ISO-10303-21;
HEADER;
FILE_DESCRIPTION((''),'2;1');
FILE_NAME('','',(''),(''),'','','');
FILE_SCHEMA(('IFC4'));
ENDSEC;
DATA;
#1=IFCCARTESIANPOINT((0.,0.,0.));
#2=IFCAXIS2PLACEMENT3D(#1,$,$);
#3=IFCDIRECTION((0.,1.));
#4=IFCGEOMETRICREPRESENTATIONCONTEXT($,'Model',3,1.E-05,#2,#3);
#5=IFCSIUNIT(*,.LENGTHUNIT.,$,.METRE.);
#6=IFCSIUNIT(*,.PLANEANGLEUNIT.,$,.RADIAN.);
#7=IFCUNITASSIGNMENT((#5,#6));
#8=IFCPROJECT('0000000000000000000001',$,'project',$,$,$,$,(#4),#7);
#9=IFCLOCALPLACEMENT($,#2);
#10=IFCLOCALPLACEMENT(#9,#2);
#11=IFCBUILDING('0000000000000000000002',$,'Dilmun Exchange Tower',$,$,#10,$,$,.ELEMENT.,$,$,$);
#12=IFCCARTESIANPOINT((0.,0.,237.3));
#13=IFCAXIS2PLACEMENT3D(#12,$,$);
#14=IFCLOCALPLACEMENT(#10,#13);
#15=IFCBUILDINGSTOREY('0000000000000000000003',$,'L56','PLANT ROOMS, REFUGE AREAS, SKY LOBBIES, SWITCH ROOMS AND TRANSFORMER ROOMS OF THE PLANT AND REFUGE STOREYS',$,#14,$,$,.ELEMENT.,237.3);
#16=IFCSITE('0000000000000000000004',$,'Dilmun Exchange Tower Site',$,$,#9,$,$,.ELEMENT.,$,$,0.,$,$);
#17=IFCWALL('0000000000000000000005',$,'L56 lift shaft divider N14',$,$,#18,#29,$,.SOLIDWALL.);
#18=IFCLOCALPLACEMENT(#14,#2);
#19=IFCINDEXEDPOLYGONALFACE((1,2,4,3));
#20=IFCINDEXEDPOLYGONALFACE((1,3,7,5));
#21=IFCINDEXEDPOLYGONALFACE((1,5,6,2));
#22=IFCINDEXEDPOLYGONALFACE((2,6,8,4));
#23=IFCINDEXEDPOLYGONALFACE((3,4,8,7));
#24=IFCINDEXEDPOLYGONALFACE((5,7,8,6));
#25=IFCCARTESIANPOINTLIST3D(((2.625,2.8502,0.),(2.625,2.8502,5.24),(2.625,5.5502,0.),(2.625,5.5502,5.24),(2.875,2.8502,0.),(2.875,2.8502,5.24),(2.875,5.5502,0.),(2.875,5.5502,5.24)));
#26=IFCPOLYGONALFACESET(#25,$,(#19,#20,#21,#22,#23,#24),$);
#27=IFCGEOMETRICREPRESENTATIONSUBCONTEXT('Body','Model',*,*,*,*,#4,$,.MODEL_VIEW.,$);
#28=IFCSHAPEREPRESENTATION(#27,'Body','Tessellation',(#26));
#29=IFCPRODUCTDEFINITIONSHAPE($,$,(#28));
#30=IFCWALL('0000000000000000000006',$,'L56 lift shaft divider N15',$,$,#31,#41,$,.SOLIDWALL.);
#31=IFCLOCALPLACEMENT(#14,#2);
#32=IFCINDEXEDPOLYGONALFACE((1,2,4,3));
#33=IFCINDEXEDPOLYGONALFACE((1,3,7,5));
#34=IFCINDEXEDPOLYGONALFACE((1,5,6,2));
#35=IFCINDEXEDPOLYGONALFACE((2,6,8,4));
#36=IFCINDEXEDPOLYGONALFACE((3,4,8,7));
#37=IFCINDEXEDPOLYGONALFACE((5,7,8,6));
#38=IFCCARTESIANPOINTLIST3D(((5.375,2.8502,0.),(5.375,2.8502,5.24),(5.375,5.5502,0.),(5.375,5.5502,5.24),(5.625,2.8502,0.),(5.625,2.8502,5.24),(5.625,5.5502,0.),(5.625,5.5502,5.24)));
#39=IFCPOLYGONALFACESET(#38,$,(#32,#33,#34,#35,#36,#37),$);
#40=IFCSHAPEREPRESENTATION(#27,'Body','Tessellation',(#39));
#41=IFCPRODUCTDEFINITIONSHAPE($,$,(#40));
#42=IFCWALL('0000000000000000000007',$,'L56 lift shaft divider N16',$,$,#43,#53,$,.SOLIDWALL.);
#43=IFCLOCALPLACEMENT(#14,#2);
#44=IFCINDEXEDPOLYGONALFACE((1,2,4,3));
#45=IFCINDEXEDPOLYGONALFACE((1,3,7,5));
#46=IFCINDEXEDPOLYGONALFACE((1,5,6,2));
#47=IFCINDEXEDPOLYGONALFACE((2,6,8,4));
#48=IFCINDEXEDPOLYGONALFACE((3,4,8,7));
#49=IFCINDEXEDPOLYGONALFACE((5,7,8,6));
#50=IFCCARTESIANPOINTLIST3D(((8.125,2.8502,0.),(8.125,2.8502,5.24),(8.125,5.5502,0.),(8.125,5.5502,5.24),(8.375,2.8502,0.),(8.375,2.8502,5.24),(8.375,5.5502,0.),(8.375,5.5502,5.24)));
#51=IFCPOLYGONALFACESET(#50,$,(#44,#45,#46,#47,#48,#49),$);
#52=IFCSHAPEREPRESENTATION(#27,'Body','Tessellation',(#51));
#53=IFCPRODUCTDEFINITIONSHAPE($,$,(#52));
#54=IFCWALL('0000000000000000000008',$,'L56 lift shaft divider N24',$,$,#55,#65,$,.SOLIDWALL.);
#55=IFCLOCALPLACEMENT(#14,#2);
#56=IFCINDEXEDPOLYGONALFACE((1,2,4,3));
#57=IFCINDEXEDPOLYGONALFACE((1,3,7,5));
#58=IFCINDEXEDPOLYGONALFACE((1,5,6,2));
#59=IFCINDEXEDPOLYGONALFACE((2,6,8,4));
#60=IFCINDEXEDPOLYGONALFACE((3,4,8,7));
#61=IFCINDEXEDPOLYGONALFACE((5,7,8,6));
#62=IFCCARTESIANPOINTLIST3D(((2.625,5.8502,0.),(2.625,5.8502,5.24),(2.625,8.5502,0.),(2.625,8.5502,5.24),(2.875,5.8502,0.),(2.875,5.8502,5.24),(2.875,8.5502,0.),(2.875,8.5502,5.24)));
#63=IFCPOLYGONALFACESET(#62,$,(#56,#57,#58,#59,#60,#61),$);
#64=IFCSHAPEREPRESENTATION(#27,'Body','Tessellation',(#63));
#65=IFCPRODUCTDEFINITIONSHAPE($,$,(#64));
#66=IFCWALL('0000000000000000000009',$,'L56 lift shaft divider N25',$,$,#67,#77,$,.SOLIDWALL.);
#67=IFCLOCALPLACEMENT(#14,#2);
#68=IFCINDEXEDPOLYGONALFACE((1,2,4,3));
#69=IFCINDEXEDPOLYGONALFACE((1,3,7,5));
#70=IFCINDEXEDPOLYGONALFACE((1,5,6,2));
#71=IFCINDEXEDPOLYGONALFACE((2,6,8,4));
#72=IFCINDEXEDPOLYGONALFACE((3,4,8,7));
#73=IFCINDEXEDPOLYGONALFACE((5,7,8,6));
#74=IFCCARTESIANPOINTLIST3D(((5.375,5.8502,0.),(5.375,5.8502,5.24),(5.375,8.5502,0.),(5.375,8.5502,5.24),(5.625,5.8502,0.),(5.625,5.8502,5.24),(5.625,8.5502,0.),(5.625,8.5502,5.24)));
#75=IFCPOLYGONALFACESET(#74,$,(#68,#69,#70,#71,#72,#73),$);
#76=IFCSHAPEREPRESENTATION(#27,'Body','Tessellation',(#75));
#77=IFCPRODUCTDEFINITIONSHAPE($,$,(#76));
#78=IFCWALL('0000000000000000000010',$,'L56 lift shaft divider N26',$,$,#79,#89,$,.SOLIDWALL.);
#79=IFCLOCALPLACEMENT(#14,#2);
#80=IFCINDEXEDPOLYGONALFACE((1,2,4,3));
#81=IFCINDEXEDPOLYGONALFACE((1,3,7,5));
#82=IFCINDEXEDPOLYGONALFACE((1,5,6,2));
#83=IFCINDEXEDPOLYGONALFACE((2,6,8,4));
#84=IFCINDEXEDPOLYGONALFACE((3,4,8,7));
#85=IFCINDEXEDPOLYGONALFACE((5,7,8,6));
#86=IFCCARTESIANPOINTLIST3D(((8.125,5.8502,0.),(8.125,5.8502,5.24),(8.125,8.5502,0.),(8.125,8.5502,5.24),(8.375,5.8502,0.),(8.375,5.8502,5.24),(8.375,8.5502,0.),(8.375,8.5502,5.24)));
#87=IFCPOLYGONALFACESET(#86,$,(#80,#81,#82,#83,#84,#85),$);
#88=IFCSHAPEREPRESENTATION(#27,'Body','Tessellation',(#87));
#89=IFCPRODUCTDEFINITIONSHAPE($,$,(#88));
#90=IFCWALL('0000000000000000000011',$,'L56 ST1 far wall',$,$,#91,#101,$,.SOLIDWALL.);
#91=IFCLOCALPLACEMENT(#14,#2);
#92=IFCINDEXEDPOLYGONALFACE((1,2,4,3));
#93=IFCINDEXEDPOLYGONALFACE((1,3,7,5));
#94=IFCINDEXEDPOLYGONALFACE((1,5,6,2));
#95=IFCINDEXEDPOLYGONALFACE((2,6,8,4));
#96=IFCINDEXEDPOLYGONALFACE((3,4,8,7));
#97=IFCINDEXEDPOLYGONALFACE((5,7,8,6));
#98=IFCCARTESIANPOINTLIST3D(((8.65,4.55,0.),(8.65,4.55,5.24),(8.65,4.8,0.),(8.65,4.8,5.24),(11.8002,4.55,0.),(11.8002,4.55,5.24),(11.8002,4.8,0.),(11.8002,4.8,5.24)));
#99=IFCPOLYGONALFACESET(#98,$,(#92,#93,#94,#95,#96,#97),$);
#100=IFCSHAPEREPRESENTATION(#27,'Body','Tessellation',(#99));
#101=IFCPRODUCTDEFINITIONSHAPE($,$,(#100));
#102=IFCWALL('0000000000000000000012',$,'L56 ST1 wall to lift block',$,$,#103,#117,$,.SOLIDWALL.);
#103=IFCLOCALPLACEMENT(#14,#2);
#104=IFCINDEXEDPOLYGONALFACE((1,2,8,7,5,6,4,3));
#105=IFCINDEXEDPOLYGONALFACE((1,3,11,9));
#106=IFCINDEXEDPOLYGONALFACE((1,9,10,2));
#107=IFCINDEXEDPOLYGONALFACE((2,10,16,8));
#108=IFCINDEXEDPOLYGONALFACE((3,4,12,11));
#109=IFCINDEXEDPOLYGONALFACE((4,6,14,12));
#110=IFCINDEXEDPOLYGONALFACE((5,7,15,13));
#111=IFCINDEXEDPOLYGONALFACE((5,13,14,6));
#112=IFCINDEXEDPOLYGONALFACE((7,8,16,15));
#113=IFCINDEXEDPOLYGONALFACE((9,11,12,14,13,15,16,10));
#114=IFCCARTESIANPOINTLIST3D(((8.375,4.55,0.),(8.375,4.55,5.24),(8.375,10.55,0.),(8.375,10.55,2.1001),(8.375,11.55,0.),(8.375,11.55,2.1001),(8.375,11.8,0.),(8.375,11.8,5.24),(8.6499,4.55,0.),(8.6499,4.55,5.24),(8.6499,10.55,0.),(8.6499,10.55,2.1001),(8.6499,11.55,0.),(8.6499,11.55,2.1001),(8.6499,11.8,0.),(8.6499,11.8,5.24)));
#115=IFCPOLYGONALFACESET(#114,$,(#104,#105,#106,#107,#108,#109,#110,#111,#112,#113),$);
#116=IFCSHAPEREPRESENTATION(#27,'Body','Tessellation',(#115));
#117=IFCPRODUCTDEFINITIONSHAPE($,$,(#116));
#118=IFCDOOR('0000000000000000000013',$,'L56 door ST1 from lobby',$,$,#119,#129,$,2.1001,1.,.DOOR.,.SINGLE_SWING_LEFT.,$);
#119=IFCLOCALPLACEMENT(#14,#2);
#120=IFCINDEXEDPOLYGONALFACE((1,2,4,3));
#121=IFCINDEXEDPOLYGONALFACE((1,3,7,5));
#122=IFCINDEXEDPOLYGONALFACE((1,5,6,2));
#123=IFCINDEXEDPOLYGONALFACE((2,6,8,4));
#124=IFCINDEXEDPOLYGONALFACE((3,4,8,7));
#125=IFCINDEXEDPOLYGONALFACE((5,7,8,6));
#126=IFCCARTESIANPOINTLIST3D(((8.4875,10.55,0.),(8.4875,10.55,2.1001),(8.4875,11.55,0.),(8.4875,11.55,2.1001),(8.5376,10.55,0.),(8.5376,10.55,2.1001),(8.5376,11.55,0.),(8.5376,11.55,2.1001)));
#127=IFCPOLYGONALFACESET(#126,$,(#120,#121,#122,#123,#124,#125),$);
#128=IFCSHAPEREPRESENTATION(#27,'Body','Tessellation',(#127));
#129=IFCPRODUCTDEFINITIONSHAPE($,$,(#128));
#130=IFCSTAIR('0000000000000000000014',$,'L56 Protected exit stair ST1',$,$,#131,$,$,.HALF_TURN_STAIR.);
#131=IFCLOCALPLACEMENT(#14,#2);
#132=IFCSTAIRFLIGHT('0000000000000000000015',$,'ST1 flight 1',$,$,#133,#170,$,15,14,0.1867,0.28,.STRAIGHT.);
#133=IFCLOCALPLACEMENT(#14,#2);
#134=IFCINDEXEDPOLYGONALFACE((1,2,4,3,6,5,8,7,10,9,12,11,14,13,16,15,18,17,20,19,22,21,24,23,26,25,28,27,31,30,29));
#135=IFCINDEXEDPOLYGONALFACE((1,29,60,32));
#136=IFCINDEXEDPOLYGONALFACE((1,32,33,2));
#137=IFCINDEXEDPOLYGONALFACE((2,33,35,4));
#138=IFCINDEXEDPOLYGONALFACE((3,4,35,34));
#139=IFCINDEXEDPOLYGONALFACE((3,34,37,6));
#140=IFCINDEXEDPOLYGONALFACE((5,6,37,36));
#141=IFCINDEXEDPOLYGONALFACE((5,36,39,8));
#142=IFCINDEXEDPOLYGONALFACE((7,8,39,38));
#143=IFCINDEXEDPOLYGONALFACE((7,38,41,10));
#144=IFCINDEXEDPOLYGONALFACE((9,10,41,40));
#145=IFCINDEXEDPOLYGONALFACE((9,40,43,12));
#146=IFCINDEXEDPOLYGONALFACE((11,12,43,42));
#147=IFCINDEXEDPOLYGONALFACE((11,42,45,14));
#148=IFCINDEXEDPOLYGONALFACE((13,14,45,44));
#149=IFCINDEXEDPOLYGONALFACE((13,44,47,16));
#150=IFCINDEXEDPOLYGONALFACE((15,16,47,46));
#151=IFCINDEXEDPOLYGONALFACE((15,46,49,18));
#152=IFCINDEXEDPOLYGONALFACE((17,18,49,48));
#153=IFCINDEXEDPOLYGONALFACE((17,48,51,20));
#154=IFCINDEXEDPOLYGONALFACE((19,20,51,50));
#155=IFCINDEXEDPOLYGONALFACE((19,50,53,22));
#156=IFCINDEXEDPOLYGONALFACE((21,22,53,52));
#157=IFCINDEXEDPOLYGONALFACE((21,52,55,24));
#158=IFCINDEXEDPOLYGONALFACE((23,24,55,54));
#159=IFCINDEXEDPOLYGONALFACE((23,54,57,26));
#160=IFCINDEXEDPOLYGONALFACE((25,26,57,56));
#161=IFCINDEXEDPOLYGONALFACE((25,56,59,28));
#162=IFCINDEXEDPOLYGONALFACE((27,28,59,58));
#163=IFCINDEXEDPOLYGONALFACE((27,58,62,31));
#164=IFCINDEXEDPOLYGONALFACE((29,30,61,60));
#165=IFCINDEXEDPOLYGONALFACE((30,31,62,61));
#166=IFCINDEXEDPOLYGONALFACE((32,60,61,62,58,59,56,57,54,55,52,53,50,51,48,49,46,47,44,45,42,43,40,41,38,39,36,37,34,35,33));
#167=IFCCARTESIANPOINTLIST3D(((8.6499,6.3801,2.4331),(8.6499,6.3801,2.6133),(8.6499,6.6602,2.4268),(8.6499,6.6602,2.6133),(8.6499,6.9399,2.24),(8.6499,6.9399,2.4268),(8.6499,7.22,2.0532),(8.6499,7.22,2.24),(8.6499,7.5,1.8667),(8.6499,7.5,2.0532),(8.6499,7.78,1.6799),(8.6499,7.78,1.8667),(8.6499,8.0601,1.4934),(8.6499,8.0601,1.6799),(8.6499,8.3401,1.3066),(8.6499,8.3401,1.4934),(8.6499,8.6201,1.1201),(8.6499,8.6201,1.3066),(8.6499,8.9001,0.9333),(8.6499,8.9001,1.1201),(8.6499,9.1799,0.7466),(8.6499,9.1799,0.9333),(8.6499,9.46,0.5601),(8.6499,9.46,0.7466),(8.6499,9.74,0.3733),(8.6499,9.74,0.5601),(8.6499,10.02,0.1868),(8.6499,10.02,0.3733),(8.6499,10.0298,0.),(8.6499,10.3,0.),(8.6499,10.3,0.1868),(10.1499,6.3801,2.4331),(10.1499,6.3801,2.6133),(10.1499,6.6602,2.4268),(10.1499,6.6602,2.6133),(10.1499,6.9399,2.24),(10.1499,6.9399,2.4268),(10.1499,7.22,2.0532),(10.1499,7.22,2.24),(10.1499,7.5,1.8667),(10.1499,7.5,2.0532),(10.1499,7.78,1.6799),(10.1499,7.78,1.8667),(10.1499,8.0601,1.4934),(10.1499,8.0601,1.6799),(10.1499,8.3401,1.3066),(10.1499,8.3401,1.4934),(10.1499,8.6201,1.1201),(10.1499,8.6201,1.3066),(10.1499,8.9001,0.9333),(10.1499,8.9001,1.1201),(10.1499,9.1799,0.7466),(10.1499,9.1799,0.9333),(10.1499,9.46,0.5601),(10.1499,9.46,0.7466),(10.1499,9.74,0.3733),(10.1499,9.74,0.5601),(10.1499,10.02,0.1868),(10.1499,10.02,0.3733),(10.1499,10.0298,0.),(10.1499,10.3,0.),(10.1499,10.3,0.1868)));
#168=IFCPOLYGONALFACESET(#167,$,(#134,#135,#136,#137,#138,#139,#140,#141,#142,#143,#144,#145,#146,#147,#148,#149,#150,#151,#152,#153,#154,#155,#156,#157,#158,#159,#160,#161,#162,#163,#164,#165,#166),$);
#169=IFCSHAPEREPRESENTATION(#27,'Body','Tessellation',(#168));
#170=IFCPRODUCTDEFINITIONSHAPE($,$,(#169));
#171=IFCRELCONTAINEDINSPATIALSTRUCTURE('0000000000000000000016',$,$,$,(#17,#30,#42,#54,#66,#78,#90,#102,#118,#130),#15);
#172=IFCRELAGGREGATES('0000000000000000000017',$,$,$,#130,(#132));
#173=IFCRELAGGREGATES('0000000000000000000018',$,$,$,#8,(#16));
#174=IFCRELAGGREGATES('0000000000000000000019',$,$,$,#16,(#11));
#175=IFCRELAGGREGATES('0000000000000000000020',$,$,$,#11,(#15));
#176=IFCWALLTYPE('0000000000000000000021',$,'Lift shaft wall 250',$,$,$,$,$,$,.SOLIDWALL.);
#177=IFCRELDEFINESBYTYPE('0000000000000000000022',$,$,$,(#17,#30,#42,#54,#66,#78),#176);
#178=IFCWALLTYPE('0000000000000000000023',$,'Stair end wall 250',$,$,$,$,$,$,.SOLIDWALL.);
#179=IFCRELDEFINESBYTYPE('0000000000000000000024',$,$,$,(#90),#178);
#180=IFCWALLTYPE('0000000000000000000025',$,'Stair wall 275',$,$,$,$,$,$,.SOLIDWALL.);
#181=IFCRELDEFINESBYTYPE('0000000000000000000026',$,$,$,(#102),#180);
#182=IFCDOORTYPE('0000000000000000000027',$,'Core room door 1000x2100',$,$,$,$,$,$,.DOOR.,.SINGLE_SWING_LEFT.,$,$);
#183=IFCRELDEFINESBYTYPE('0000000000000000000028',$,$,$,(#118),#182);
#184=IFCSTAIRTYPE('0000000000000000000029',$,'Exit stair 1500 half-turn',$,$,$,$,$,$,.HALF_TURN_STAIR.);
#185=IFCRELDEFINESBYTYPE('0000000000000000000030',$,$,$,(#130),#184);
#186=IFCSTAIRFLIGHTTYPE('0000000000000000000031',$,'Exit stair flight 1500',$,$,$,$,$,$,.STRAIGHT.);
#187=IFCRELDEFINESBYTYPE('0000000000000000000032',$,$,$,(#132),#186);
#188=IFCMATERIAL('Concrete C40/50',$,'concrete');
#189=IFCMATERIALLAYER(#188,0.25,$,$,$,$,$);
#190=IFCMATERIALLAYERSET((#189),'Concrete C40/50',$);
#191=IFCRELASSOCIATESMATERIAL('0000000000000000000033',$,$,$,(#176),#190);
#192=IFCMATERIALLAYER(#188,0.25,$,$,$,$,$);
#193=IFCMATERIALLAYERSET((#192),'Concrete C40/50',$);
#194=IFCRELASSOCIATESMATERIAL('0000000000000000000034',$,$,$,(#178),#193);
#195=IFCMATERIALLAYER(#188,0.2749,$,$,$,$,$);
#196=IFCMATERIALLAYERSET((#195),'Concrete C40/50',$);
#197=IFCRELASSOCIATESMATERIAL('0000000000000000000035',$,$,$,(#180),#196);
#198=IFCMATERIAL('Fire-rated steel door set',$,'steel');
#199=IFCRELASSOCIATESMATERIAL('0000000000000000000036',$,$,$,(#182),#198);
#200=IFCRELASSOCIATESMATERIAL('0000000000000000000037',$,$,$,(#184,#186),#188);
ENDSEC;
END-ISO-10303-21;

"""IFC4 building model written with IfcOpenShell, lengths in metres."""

from ifc_helpers import new_model, si_unit, direction, frame, frame_2d, origin, place, context, subcontext, project, spatial, polyline, rectangle, outline, extrude, material, layer, layer_set, type_object, element, fill, aggregate, save


model = new_model("IFC4")

# Units and contexts
model_context = context("Model", 3, precision=1e-05, world=origin(), true_north=direction((0.0, 1.0)))
body_context = subcontext(model_context, "Body", "Model", "MODEL_VIEW")
ifc_project = project(units=[si_unit("LENGTHUNIT", "METRE"), si_unit("PLANEANGLEUNIT", "RADIAN")], contexts=[model_context])

# Site, building, storey
site_placement = place(None, origin())
site = spatial("IfcSite", under=ifc_project, at=site_placement, Name="Dilmun Exchange Tower Site", CompositionType="ELEMENT", RefElevation=0.0)
building_placement = place(site_placement, origin())
building = spatial("IfcBuilding", under=site, at=building_placement, Name="Dilmun Exchange Tower", CompositionType="ELEMENT")
storey_placement = place(building_placement, frame((0.0, 0.0, 237.3)))
storey = spatial("IfcBuildingStorey", under=building, at=storey_placement, Name="L56", Description="PLANT ROOMS, REFUGE AREAS, SKY LOBBIES, SWITCH ROOMS AND TRANSFORMER ROOMS OF THE PLANT AND REFUGE STOREYS", CompositionType="ELEMENT", Elevation=237.3)

# Shared definitions
ifc_material_1 = material(Name="Concrete C40/50", Category="concrete")
ifc_material_2 = material(Name="Fire-rated steel door set", Category="steel")

# Walls
ifc_layer_1 = layer(ifc_material_1, 0.25)
ifc_layer_set_1 = layer_set([ifc_layer_1], Name="Concrete C40/50")
wall_type_1 = type_object("IfcWallType", Name="Lift shaft wall 250", PredefinedType="SOLIDWALL", material=ifc_layer_set_1)
for number, where, z_axis, x_axis, name in (
    (1, (2.75, 2.8501, 0.0), (0.0, 0.0, 1.0), (0.0, 1.0, 0.0), "L56 lift shaft divider N14"),
    (2, (5.5, 2.8501, 0.0), (0.0, 0.0, 1.0), (0.0, 1.0, 0.0), "L56 lift shaft divider N15"),
    (3, (8.25, 2.8501, 0.0), (0.0, 0.0, 1.0), (0.0, 1.0, 0.0), "L56 lift shaft divider N16"),
    (4, (2.75, 5.8501, 0.0), (0.0, 0.0, 1.0), (0.0, 1.0, 0.0), "L56 lift shaft divider N24"),
    (5, (5.5, 5.8501, 0.0), (0.0, 0.0, 1.0), (0.0, 1.0, 0.0), "L56 lift shaft divider N25"),
    (6, (8.25, 5.8501, 0.0), (0.0, 0.0, 1.0), (0.0, 1.0, 0.0), "L56 lift shaft divider N26"),
):
    element("IfcWall", number, at=place(storey_placement, frame(where, z_axis=z_axis, x_axis=x_axis)), inside=storey, type_object=wall_type_1, Name=name, PredefinedType="SOLIDWALL", context=body_context, shape_type="SweptSolid", body=[
        extrude(rectangle(XDim=2.7, YDim=0.25, at=frame_2d((1.3501, 0.0))), origin(), (0.0, 0.0, 1.0), 5.24),
    ])
ifc_layer_2 = layer(ifc_material_1, 0.25)
ifc_layer_set_2 = layer_set([ifc_layer_2], Name="Concrete C40/50")
wall_type_2 = type_object("IfcWallType", Name="Stair end wall 250", PredefinedType="SOLIDWALL", material=ifc_layer_set_2)
wall_1_placement = place(storey_placement, frame((8.6499, 4.675, 0.0), z_axis=(0.0, 0.0, 1.0), x_axis=(1.0, 0.0, 0.0)))
element("IfcWall", 7, at=wall_1_placement, inside=storey, type_object=wall_type_2, Name="L56 ST1 far wall", PredefinedType="SOLIDWALL", context=body_context, shape_type="SweptSolid", body=[
    extrude(rectangle(XDim=3.1501, YDim=0.25, at=frame_2d((1.5752, 0.0))), origin(), (0.0, 0.0, 1.0), 5.24),
])

# Wall, opening, door
ifc_layer_3 = layer(ifc_material_1, 0.2749)
ifc_layer_set_3 = layer_set([ifc_layer_3], Name="Concrete C40/50")
wall_type_3 = type_object("IfcWallType", Name="Stair wall 275", PredefinedType="SOLIDWALL", material=ifc_layer_set_3)
wall_2_placement = place(storey_placement, frame((8.5125, 4.55, 0.0), z_axis=(0.0, 0.0, 1.0), x_axis=(0.0, 1.0, 0.0)))
wall_2 = element("IfcWall", 8, at=wall_2_placement, inside=storey, type_object=wall_type_3, Name="L56 ST1 wall to lift block", PredefinedType="SOLIDWALL", context=body_context, shape_type="SweptSolid", body=[
    extrude(rectangle(XDim=7.25, YDim=0.2749, at=frame_2d((3.625, 0.0))), origin(), (0.0, 0.0, 1.0), 5.24),
])
opening_1_placement = place(wall_2_placement, frame((6.0, 0.0, 0.0)))
opening_1 = element("IfcOpeningElement", 9, at=opening_1_placement, cuts=wall_2, PredefinedType="OPENING", context=body_context, shape_type="SweptSolid", body=[
    extrude(rectangle(XDim=1.0, YDim=2.1001, at=frame_2d((0.5, 1.05))), frame((0.0, 0.1475, 0.0), z_axis=(0.0, -1.0, 0.0), x_axis=(1.0, 0.0, 0.0)), (0.0, 0.0, 1.0), 0.2949),
])
door_type_1 = type_object("IfcDoorType", Name="Core room door 1000x2100", OperationType="SINGLE_SWING_LEFT", PredefinedType="DOOR", material=ifc_material_2)
door_1_placement = place(opening_1_placement, origin())
door_1 = element("IfcDoor", 10, at=door_1_placement, inside=storey, type_object=door_type_1, Name="L56 door ST1 from lobby", OperationType="SINGLE_SWING_LEFT", OverallHeight=2.1001, OverallWidth=1.0, PredefinedType="DOOR", context=body_context, shape_type="SweptSolid", body=[
    extrude(rectangle(XDim=1.0, YDim=2.1001, at=frame_2d((0.5, 1.05))), frame((0.0, 0.0249, 0.0), z_axis=(0.0, -1.0, 0.0), x_axis=(1.0, 0.0, 0.0)), (0.0, 0.0, 1.0), 0.05),
])
fill(opening_1, door_1)

# Stair, stair flight
stair_type = type_object("IfcStairType", Name="Exit stair 1500 half-turn", PredefinedType="HALF_TURN_STAIR", material=ifc_material_1)
stair_placement = place(storey_placement, origin())
stair = element("IfcStair", 11, at=stair_placement, inside=storey, type_object=stair_type, Name="L56 Protected exit stair ST1", PredefinedType="HALF_TURN_STAIR")
stair_flight_type = type_object("IfcStairFlightType", Name="Exit stair flight 1500", PredefinedType="STRAIGHT", material=ifc_material_1)
stair_flight_1_placement = place(storey_placement, frame((9.3999, 10.3, 0.0), z_axis=(0.0, 0.0, 1.0), x_axis=(0.0, -1.0, 0.0)))
stair_flight_1 = element("IfcStairFlight", 12, at=stair_flight_1_placement, type_object=stair_flight_type, Name="ST1 flight 1", NumberOfRisers=15, NumberOfTreads=14, PredefinedType="STRAIGHT", RiserHeight=0.1867, TreadLength=0.28, context=body_context, shape_type="SweptSolid", body=[
    extrude(outline(polyline([(0.0, 0.0), (0.0, 0.1868), (0.28, 0.1868), (0.28, 0.3733), (0.5601, 0.3733), (0.5601, 0.5601), (0.8401, 0.5601), (0.8401, 0.7466), (1.1201, 0.7466), (1.1201, 0.9333), (1.3999, 0.9333), (1.3999, 1.1201), (1.6799, 1.1201), (1.6799, 1.3066), (1.96, 1.3066), (1.96, 1.4934), (2.24, 1.4934), (2.24, 1.6799), (2.52, 1.6799), (2.52, 1.8667), (2.8, 1.8667), (2.8, 2.0532), (3.0801, 2.0532), (3.0801, 2.24), (3.3601, 2.24), (3.3601, 2.4268), (3.6399, 2.4268), (3.6399, 2.6133), (3.9199, 2.6133), (3.9199, 2.8), (3.9199, 2.4331), (0.2703, 0.0), (0.0, 0.0)])), frame((0.0, 0.75, 0.0), z_axis=(0.0, -1.0, 0.0), x_axis=(1.0, 0.0, 0.0)), (0.0, 0.0, 1.0), 1.5),
])
aggregate(stair, [stair_flight_1])

save(model, "model.ifc")
